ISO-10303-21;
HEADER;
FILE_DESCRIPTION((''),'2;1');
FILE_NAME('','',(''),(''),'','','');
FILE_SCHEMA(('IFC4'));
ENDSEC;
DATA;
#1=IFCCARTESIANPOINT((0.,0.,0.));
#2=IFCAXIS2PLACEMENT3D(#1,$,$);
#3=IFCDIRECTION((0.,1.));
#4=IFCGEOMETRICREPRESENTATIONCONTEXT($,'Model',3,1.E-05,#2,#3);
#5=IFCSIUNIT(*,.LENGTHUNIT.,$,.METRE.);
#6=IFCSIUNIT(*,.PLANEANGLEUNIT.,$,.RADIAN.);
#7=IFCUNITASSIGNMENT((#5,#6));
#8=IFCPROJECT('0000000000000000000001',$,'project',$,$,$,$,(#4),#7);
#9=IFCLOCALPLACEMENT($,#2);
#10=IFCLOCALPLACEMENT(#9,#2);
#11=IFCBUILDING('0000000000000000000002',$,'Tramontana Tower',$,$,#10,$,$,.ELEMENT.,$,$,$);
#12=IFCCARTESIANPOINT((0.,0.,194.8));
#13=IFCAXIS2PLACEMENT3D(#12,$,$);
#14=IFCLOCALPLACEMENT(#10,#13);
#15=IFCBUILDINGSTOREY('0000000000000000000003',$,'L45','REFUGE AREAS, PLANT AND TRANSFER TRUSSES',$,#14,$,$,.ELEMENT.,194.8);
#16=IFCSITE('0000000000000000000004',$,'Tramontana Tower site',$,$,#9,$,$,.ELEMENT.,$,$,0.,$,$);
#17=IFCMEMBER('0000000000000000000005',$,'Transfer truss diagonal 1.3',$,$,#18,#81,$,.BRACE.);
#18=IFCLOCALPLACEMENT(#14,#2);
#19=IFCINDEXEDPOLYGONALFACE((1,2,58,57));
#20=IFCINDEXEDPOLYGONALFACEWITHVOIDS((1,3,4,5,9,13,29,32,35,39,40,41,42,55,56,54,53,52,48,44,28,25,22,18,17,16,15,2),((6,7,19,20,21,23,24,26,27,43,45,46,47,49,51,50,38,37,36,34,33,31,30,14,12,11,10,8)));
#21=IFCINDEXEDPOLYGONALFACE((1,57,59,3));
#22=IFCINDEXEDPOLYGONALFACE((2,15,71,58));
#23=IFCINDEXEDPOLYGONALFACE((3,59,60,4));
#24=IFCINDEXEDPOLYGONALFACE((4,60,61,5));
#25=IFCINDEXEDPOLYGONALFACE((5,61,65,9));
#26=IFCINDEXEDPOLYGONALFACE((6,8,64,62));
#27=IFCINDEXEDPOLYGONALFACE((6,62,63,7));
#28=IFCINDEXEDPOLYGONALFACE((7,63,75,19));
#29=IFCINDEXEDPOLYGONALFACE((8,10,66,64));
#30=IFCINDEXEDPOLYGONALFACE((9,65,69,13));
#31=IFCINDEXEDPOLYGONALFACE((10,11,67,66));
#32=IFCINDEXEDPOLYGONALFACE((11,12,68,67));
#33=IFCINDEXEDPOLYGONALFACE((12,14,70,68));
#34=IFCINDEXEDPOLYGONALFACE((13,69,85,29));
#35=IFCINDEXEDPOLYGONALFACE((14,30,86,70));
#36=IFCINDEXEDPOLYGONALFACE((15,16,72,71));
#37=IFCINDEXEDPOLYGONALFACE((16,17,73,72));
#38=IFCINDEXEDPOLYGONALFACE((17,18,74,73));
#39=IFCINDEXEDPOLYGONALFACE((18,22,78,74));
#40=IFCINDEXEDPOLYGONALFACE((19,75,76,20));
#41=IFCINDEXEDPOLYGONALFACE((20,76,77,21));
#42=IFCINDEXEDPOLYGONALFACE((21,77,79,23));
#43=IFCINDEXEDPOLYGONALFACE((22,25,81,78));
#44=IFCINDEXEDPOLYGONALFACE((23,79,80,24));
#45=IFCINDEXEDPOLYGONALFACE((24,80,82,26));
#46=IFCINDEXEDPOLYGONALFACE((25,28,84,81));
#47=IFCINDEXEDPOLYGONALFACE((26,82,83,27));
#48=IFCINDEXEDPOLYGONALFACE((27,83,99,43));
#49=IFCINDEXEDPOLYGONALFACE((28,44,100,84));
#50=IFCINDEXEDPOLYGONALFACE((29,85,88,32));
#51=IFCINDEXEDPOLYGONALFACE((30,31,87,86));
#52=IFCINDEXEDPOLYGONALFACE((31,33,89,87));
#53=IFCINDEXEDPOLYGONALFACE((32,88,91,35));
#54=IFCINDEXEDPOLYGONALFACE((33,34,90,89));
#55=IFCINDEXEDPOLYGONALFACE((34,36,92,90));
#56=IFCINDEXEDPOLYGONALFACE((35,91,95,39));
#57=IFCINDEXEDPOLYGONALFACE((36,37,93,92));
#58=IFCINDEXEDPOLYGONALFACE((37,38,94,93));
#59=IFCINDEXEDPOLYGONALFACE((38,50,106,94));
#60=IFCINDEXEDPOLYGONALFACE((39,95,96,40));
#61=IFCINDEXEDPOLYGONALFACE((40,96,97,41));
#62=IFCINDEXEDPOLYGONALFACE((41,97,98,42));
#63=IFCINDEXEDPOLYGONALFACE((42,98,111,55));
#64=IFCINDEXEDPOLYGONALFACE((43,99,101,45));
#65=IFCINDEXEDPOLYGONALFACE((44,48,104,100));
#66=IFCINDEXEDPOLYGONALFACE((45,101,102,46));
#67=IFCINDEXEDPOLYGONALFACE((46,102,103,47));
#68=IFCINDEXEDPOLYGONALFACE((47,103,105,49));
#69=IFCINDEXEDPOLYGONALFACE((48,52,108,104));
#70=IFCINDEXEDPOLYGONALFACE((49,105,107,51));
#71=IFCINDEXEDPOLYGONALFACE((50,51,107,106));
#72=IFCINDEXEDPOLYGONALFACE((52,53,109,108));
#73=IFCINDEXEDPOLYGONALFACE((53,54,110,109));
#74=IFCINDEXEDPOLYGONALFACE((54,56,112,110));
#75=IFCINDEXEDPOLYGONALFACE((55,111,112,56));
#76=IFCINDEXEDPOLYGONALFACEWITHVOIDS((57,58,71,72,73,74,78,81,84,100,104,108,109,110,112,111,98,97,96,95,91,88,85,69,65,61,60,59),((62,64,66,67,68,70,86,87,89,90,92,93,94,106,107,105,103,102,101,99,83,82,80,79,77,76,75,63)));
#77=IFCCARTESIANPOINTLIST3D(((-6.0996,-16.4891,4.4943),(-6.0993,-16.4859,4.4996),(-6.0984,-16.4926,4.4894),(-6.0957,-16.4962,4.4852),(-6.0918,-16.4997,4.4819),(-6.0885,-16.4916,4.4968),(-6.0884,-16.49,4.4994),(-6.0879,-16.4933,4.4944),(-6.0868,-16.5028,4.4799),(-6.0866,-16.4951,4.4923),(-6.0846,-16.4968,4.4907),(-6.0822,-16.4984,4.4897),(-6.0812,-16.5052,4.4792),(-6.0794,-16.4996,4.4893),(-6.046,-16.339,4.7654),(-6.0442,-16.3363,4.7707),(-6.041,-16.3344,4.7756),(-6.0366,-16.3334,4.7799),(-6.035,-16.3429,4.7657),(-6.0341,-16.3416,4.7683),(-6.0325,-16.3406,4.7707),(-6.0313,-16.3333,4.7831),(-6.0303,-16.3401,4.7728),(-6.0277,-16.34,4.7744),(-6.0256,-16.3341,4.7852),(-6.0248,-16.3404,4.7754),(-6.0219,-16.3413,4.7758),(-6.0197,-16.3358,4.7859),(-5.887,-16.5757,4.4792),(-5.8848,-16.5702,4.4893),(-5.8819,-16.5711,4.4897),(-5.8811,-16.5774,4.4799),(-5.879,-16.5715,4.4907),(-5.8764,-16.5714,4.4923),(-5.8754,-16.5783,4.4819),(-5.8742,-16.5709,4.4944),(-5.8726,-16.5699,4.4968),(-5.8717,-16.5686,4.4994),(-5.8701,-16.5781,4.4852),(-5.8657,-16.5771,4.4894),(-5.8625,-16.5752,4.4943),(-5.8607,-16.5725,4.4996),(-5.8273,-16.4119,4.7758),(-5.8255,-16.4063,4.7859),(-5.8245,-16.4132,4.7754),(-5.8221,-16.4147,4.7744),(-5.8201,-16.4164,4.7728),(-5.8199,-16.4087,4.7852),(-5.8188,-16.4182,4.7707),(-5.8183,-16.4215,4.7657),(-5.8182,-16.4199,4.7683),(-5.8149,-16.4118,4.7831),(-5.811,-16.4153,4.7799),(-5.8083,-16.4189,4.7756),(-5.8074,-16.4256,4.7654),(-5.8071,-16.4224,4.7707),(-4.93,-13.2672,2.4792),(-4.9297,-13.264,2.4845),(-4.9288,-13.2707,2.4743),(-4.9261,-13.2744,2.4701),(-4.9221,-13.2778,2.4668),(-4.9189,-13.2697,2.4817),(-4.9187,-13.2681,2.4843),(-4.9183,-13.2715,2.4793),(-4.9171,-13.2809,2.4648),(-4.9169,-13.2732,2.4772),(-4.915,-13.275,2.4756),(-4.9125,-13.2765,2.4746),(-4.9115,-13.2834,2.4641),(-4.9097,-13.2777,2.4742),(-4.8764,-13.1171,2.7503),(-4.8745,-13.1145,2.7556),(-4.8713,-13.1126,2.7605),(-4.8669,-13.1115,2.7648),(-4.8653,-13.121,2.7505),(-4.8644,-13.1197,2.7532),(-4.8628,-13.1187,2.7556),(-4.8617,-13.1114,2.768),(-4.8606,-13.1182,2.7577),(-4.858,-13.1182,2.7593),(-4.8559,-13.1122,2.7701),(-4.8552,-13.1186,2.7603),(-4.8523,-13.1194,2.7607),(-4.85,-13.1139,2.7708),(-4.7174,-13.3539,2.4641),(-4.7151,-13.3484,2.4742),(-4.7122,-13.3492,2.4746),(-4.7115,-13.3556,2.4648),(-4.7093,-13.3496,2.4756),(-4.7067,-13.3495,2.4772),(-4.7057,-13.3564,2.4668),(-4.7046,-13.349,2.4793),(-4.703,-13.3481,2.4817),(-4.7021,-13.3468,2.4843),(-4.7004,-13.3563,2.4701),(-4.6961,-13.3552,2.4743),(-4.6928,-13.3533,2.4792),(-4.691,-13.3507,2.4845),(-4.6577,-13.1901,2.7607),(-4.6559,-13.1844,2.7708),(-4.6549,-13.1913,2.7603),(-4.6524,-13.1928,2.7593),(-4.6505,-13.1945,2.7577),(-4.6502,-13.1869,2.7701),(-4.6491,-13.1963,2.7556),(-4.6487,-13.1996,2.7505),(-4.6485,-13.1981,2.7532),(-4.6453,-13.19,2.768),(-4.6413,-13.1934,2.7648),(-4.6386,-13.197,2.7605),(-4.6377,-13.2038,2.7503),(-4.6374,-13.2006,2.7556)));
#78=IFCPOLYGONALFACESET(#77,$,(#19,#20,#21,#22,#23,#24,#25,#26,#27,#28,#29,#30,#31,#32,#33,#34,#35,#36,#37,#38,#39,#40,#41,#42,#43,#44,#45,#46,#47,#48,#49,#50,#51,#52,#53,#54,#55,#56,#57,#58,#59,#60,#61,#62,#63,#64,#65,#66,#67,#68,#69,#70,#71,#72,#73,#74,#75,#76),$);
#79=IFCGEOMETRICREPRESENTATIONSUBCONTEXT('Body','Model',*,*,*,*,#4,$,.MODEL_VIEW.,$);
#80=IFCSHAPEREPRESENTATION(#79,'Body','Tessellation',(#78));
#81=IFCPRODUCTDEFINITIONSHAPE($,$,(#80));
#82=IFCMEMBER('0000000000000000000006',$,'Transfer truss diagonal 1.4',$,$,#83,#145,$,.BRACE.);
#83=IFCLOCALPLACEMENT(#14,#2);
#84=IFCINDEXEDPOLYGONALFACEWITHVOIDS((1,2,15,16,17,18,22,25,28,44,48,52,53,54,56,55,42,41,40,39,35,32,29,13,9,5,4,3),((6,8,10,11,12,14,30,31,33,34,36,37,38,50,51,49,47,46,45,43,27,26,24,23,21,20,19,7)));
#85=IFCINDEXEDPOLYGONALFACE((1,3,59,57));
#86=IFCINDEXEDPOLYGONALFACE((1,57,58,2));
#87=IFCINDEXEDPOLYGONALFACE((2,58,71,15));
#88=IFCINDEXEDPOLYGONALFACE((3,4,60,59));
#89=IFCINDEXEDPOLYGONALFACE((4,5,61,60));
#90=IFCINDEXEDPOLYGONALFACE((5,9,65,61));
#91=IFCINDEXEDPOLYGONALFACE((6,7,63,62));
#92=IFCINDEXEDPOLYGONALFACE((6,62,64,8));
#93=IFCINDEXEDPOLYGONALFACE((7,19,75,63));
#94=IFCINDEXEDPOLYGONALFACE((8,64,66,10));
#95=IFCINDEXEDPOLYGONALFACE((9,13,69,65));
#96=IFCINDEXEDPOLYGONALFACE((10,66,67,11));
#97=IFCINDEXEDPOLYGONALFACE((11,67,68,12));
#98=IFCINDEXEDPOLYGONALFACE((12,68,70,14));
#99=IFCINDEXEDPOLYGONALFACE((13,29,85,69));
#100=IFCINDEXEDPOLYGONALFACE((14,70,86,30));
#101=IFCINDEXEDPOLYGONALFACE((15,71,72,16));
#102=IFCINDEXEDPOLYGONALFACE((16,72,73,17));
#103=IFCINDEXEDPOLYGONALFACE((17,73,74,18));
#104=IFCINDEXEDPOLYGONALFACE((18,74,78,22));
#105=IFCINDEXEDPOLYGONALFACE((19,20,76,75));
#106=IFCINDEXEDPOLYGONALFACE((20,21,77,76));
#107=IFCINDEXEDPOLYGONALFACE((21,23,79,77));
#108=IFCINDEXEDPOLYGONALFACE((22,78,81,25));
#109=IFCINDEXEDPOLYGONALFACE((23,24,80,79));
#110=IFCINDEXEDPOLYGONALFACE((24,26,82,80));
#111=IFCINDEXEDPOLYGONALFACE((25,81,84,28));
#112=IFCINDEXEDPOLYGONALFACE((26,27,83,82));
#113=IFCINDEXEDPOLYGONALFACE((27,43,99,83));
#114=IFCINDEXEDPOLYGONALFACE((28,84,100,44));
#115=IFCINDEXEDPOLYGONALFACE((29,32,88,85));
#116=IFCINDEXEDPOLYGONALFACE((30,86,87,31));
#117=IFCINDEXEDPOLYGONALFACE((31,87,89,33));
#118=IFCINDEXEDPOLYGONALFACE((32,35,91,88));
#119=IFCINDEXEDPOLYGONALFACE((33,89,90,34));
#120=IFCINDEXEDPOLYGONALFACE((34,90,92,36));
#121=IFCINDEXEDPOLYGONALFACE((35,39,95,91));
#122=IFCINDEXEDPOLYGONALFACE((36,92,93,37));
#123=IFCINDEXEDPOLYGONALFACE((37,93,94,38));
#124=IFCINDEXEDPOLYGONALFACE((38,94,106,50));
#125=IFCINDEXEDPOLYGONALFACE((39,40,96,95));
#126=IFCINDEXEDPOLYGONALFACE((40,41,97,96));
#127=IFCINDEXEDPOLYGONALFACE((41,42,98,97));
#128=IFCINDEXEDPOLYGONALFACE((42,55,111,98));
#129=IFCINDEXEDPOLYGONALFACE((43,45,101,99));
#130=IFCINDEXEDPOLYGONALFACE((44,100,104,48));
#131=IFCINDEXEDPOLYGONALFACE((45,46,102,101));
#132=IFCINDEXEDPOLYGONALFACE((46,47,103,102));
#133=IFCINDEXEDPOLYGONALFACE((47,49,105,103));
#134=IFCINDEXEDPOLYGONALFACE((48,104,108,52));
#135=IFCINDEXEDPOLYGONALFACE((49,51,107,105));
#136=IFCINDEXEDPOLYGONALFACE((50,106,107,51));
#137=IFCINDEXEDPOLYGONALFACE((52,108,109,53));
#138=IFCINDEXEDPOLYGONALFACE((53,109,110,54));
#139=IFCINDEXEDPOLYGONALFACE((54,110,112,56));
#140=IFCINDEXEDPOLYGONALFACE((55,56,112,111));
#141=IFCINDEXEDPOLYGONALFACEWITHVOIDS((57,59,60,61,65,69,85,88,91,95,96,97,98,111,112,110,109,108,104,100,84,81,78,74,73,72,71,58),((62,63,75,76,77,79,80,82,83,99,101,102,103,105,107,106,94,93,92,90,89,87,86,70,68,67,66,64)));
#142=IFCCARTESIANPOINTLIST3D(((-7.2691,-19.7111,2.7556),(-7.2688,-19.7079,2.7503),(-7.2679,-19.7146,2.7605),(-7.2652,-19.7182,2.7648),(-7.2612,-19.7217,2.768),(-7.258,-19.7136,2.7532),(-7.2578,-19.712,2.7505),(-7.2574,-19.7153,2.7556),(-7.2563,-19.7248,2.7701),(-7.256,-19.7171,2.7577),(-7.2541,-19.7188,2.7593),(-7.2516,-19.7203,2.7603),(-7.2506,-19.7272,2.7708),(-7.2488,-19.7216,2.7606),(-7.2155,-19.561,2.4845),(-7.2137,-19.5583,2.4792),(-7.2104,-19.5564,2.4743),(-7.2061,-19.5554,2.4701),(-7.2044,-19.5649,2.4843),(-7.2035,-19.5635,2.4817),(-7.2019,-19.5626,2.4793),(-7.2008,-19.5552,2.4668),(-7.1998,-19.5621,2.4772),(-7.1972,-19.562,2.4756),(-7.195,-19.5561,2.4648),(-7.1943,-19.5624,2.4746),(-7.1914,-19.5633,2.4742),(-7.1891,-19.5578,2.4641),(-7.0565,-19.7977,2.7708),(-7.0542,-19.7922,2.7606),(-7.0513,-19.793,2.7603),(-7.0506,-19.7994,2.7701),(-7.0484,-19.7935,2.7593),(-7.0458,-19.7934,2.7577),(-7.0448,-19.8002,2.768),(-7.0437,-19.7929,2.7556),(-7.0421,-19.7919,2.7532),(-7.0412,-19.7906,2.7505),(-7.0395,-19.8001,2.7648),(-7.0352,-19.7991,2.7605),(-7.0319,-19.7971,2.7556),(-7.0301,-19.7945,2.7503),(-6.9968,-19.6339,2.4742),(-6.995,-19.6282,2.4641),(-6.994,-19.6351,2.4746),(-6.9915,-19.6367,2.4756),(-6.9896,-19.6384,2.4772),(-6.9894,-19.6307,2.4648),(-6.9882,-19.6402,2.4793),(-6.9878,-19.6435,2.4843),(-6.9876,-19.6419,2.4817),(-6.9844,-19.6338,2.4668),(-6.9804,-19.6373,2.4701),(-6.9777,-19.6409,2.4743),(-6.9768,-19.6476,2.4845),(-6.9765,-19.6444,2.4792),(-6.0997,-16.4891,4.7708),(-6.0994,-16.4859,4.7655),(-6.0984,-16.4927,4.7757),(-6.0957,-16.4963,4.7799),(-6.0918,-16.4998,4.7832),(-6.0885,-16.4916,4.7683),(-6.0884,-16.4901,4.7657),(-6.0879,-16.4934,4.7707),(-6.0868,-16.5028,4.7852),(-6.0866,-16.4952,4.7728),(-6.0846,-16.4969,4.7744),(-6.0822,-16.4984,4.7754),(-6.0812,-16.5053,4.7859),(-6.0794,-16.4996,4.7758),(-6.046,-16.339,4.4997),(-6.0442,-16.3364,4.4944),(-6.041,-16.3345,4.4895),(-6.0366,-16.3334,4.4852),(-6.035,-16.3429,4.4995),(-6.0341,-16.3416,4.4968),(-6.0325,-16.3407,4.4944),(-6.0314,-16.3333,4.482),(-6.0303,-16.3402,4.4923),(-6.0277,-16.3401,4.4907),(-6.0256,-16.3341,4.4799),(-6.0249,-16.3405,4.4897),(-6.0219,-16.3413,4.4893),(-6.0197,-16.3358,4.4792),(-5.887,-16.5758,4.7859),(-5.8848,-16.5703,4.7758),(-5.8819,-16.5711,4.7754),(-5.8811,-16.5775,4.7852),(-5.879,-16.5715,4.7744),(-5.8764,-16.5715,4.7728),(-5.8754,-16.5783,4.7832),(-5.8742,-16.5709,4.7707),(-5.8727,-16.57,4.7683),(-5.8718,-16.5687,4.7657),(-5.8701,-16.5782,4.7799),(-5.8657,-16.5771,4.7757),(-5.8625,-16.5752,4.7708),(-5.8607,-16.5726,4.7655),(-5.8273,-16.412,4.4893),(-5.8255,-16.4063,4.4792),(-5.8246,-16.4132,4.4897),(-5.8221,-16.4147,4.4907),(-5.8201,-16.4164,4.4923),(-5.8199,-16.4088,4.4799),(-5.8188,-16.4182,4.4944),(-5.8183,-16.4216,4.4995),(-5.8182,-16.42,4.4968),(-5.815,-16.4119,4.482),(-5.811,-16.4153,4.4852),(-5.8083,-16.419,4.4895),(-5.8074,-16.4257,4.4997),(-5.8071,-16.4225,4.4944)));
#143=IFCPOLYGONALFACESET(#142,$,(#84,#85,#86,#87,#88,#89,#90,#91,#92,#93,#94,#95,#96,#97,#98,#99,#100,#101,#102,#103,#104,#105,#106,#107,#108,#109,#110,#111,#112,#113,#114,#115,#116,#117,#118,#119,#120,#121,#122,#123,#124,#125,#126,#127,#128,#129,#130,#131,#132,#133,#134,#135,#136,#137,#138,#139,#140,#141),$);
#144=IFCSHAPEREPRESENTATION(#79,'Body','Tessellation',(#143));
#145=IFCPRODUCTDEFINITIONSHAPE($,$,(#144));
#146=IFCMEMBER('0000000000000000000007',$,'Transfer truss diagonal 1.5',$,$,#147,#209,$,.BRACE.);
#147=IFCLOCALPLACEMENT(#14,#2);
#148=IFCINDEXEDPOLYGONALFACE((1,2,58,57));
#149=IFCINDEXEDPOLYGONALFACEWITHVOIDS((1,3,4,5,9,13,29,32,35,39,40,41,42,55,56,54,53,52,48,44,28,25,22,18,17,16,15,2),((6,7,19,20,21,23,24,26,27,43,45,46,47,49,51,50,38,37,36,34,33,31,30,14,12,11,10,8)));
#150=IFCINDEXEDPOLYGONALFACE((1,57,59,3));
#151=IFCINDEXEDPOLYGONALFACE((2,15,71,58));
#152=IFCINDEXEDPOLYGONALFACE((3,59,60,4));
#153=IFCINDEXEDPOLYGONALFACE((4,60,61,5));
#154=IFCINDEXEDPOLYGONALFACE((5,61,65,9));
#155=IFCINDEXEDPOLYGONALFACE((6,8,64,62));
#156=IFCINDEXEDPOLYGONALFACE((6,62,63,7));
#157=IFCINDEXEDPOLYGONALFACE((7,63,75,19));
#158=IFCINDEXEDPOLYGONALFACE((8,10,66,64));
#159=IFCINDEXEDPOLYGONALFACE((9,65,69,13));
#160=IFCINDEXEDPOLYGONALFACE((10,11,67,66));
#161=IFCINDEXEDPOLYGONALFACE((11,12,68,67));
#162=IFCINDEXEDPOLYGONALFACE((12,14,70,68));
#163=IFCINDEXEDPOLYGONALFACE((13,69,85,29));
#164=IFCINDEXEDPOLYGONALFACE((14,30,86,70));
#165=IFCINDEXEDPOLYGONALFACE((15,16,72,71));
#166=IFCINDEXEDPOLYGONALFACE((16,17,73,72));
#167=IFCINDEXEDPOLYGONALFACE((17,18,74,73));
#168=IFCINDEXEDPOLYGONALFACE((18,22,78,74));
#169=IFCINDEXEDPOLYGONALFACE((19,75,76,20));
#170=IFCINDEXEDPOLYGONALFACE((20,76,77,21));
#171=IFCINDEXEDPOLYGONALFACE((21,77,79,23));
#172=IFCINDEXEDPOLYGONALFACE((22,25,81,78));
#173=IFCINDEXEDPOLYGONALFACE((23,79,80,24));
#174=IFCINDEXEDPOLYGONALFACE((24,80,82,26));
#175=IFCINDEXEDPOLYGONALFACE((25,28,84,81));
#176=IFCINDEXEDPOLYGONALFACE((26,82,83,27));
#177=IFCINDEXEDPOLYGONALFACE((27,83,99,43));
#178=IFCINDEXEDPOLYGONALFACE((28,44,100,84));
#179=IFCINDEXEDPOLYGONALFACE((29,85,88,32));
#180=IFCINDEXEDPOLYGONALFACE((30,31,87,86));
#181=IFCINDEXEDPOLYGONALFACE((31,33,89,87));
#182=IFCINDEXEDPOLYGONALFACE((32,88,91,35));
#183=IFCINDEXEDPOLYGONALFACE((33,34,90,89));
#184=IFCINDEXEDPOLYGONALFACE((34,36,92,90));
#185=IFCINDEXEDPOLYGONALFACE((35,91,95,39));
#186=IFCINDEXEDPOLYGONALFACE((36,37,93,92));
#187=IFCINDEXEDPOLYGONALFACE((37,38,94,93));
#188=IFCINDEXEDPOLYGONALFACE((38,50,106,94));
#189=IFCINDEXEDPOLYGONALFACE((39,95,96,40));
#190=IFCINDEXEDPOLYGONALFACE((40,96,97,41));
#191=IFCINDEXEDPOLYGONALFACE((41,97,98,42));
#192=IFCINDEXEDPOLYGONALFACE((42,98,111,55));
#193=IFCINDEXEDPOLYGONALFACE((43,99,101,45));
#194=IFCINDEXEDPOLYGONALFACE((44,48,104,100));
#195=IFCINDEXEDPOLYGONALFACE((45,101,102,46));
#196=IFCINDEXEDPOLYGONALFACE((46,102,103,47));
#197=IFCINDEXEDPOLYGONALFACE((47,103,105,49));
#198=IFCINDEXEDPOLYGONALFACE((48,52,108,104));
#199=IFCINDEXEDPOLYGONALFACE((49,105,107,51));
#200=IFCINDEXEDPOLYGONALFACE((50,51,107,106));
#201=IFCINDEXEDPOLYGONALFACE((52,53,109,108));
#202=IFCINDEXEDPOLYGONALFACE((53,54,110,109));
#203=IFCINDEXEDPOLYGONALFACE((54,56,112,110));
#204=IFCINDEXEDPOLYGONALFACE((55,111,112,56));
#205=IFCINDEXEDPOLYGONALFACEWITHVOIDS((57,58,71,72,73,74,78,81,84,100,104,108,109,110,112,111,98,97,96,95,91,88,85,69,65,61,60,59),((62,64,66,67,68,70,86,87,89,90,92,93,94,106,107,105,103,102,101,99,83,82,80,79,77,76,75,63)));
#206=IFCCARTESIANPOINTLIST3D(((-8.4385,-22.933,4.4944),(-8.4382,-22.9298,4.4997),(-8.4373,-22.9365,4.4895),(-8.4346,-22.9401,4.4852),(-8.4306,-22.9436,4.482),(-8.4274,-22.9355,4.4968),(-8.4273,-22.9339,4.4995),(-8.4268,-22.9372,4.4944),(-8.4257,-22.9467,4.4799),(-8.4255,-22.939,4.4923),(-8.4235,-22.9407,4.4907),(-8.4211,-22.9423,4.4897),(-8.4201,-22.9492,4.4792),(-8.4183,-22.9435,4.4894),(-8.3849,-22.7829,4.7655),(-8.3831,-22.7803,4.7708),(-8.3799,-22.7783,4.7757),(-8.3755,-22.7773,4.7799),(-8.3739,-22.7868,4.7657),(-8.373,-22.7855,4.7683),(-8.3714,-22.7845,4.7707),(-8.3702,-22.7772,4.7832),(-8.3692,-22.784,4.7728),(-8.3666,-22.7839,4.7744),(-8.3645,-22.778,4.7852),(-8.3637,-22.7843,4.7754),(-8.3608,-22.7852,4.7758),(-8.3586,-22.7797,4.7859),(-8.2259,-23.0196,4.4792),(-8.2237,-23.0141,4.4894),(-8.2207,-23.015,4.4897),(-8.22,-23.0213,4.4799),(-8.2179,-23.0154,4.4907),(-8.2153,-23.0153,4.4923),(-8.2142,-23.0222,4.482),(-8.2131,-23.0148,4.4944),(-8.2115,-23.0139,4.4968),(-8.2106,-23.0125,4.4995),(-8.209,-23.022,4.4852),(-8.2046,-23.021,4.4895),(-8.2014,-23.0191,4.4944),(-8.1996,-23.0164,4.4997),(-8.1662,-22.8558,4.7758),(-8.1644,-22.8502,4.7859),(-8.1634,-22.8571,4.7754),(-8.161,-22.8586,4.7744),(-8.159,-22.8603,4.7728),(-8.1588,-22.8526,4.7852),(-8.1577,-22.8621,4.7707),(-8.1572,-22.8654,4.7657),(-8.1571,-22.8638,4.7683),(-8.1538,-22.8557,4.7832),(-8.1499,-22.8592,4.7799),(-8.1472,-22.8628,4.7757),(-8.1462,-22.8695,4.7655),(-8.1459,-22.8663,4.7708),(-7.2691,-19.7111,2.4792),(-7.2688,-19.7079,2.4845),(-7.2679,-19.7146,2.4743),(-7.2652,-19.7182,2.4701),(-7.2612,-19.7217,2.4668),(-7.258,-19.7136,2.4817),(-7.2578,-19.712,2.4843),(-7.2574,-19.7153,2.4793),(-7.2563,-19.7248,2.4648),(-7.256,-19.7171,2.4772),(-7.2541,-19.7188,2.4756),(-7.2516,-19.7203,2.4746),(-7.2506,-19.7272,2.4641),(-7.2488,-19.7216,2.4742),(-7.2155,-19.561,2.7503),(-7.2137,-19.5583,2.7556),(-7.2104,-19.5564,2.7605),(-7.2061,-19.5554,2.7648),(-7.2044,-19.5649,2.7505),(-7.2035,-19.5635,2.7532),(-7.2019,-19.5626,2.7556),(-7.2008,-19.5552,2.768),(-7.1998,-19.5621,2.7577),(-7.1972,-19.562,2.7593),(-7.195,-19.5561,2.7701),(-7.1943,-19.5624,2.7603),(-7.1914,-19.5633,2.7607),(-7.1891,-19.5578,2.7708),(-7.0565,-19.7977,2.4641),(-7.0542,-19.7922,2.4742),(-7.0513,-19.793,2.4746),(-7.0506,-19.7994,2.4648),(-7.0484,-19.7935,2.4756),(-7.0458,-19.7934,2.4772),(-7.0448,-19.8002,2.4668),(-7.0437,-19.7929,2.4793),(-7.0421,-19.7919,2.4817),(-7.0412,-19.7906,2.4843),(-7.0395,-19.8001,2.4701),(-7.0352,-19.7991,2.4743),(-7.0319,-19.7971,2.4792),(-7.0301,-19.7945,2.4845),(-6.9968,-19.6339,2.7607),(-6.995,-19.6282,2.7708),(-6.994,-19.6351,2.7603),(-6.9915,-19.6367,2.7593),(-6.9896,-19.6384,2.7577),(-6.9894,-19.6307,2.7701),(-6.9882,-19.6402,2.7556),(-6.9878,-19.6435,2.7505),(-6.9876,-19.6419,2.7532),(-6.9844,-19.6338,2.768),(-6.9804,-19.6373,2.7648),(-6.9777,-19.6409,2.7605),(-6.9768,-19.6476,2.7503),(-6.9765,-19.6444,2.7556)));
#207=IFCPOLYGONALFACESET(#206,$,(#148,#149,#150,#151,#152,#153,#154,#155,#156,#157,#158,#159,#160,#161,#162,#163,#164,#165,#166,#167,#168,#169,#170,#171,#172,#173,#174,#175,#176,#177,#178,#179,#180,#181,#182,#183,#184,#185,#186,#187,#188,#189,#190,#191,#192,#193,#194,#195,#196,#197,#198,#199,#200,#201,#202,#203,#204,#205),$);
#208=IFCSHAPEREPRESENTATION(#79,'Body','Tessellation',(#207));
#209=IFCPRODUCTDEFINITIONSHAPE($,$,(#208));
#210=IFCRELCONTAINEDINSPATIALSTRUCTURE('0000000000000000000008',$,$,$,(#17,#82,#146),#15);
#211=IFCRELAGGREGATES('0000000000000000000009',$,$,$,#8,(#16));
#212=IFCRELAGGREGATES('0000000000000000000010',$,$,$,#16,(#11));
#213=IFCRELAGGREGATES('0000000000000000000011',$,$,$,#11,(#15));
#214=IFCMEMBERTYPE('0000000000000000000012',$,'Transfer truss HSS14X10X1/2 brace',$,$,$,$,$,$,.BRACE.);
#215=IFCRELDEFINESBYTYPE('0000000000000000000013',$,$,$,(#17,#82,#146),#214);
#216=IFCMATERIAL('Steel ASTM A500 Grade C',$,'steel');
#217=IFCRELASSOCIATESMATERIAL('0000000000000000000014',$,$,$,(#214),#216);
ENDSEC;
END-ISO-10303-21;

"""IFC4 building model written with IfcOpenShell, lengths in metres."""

from ifc_helpers import new_model, si_unit, direction, frame, origin, origin_2d, place, context, subcontext, project, spatial, hollow_rectangle, extrude, material, material_profile, profile_set, type_object, element, save


model = new_model("IFC4")

# Units and contexts
model_context = context("Model", 3, precision=1e-05, world=origin(), true_north=direction((0.0, 1.0)))
body_context = subcontext(model_context, "Body", "Model", "MODEL_VIEW")
ifc_project = project(units=[si_unit("LENGTHUNIT", "METRE"), si_unit("PLANEANGLEUNIT", "RADIAN")], contexts=[model_context])

# Site, building, storey
site_placement = place(None, origin())
site = spatial("IfcSite", under=ifc_project, at=site_placement, Name="Tramontana Tower site", CompositionType="ELEMENT", RefElevation=0.0)
building_placement = place(site_placement, origin())
building = spatial("IfcBuilding", under=site, at=building_placement, Name="Tramontana Tower", CompositionType="ELEMENT")
storey_placement = place(building_placement, frame((0.0, 0.0, 194.8)))
storey = spatial("IfcBuildingStorey", under=building, at=storey_placement, Name="L45", Description="REFUGE AREAS, PLANT AND TRANSFER TRUSSES", CompositionType="ELEMENT", Elevation=194.8)

# Members
ifc_material_1 = material(Name="Steel ASTM A500 Grade C", Category="steel")
ifc_material_profile_1 = material_profile(ifc_material_1, hollow_rectangle(XDim=0.2539, YDim=0.3557, WallThickness=0.0117, InnerFilletRadius=0.0117, OuterFilletRadius=0.0237, at=origin_2d()), Name="HSS14X10X1/2")
ifc_profile_set_1 = profile_set([ifc_material_profile_1], Name="Steel ASTM A500 Grade C")
member_type_1 = type_object("IfcMemberType", Name="Transfer truss HSS14X10X1/2 brace", PredefinedType="BRACE", material=ifc_profile_set_1)
for number, where, z_axis, x_axis, name in (
    (1, (-4.7837, -13.2339, 2.6174), (-0.294174, -0.810314, 0.506807), (0.939974, -0.341245, 0.0), "Transfer truss diagonal 1.3"),
    (2, (-5.9534, -16.4558, 4.6326), (-0.294118, -0.810328, -0.506816), (0.939997, -0.341183, 0.0), "Transfer truss diagonal 1.4"),
    (3, (-7.1228, -19.6777, 2.6174), (-0.294118, -0.810328, 0.506816), (0.939997, -0.341183, 0.0), "Transfer truss diagonal 1.5"),
):
    element("IfcMember", number, at=place(storey_placement, frame(where, z_axis=z_axis, x_axis=x_axis)), inside=storey, type_object=member_type_1, Name=name, PredefinedType="BRACE", context=body_context, shape_type="SweptSolid", body=[
        extrude(hollow_rectangle(XDim=0.2539, YDim=0.3557, WallThickness=0.0117, InnerFilletRadius=0.0117, OuterFilletRadius=0.0237, at=origin_2d()), origin(), (0.0, 0.0, 1.0), 3.9761),
    ])

save(model, "model.ifc")
